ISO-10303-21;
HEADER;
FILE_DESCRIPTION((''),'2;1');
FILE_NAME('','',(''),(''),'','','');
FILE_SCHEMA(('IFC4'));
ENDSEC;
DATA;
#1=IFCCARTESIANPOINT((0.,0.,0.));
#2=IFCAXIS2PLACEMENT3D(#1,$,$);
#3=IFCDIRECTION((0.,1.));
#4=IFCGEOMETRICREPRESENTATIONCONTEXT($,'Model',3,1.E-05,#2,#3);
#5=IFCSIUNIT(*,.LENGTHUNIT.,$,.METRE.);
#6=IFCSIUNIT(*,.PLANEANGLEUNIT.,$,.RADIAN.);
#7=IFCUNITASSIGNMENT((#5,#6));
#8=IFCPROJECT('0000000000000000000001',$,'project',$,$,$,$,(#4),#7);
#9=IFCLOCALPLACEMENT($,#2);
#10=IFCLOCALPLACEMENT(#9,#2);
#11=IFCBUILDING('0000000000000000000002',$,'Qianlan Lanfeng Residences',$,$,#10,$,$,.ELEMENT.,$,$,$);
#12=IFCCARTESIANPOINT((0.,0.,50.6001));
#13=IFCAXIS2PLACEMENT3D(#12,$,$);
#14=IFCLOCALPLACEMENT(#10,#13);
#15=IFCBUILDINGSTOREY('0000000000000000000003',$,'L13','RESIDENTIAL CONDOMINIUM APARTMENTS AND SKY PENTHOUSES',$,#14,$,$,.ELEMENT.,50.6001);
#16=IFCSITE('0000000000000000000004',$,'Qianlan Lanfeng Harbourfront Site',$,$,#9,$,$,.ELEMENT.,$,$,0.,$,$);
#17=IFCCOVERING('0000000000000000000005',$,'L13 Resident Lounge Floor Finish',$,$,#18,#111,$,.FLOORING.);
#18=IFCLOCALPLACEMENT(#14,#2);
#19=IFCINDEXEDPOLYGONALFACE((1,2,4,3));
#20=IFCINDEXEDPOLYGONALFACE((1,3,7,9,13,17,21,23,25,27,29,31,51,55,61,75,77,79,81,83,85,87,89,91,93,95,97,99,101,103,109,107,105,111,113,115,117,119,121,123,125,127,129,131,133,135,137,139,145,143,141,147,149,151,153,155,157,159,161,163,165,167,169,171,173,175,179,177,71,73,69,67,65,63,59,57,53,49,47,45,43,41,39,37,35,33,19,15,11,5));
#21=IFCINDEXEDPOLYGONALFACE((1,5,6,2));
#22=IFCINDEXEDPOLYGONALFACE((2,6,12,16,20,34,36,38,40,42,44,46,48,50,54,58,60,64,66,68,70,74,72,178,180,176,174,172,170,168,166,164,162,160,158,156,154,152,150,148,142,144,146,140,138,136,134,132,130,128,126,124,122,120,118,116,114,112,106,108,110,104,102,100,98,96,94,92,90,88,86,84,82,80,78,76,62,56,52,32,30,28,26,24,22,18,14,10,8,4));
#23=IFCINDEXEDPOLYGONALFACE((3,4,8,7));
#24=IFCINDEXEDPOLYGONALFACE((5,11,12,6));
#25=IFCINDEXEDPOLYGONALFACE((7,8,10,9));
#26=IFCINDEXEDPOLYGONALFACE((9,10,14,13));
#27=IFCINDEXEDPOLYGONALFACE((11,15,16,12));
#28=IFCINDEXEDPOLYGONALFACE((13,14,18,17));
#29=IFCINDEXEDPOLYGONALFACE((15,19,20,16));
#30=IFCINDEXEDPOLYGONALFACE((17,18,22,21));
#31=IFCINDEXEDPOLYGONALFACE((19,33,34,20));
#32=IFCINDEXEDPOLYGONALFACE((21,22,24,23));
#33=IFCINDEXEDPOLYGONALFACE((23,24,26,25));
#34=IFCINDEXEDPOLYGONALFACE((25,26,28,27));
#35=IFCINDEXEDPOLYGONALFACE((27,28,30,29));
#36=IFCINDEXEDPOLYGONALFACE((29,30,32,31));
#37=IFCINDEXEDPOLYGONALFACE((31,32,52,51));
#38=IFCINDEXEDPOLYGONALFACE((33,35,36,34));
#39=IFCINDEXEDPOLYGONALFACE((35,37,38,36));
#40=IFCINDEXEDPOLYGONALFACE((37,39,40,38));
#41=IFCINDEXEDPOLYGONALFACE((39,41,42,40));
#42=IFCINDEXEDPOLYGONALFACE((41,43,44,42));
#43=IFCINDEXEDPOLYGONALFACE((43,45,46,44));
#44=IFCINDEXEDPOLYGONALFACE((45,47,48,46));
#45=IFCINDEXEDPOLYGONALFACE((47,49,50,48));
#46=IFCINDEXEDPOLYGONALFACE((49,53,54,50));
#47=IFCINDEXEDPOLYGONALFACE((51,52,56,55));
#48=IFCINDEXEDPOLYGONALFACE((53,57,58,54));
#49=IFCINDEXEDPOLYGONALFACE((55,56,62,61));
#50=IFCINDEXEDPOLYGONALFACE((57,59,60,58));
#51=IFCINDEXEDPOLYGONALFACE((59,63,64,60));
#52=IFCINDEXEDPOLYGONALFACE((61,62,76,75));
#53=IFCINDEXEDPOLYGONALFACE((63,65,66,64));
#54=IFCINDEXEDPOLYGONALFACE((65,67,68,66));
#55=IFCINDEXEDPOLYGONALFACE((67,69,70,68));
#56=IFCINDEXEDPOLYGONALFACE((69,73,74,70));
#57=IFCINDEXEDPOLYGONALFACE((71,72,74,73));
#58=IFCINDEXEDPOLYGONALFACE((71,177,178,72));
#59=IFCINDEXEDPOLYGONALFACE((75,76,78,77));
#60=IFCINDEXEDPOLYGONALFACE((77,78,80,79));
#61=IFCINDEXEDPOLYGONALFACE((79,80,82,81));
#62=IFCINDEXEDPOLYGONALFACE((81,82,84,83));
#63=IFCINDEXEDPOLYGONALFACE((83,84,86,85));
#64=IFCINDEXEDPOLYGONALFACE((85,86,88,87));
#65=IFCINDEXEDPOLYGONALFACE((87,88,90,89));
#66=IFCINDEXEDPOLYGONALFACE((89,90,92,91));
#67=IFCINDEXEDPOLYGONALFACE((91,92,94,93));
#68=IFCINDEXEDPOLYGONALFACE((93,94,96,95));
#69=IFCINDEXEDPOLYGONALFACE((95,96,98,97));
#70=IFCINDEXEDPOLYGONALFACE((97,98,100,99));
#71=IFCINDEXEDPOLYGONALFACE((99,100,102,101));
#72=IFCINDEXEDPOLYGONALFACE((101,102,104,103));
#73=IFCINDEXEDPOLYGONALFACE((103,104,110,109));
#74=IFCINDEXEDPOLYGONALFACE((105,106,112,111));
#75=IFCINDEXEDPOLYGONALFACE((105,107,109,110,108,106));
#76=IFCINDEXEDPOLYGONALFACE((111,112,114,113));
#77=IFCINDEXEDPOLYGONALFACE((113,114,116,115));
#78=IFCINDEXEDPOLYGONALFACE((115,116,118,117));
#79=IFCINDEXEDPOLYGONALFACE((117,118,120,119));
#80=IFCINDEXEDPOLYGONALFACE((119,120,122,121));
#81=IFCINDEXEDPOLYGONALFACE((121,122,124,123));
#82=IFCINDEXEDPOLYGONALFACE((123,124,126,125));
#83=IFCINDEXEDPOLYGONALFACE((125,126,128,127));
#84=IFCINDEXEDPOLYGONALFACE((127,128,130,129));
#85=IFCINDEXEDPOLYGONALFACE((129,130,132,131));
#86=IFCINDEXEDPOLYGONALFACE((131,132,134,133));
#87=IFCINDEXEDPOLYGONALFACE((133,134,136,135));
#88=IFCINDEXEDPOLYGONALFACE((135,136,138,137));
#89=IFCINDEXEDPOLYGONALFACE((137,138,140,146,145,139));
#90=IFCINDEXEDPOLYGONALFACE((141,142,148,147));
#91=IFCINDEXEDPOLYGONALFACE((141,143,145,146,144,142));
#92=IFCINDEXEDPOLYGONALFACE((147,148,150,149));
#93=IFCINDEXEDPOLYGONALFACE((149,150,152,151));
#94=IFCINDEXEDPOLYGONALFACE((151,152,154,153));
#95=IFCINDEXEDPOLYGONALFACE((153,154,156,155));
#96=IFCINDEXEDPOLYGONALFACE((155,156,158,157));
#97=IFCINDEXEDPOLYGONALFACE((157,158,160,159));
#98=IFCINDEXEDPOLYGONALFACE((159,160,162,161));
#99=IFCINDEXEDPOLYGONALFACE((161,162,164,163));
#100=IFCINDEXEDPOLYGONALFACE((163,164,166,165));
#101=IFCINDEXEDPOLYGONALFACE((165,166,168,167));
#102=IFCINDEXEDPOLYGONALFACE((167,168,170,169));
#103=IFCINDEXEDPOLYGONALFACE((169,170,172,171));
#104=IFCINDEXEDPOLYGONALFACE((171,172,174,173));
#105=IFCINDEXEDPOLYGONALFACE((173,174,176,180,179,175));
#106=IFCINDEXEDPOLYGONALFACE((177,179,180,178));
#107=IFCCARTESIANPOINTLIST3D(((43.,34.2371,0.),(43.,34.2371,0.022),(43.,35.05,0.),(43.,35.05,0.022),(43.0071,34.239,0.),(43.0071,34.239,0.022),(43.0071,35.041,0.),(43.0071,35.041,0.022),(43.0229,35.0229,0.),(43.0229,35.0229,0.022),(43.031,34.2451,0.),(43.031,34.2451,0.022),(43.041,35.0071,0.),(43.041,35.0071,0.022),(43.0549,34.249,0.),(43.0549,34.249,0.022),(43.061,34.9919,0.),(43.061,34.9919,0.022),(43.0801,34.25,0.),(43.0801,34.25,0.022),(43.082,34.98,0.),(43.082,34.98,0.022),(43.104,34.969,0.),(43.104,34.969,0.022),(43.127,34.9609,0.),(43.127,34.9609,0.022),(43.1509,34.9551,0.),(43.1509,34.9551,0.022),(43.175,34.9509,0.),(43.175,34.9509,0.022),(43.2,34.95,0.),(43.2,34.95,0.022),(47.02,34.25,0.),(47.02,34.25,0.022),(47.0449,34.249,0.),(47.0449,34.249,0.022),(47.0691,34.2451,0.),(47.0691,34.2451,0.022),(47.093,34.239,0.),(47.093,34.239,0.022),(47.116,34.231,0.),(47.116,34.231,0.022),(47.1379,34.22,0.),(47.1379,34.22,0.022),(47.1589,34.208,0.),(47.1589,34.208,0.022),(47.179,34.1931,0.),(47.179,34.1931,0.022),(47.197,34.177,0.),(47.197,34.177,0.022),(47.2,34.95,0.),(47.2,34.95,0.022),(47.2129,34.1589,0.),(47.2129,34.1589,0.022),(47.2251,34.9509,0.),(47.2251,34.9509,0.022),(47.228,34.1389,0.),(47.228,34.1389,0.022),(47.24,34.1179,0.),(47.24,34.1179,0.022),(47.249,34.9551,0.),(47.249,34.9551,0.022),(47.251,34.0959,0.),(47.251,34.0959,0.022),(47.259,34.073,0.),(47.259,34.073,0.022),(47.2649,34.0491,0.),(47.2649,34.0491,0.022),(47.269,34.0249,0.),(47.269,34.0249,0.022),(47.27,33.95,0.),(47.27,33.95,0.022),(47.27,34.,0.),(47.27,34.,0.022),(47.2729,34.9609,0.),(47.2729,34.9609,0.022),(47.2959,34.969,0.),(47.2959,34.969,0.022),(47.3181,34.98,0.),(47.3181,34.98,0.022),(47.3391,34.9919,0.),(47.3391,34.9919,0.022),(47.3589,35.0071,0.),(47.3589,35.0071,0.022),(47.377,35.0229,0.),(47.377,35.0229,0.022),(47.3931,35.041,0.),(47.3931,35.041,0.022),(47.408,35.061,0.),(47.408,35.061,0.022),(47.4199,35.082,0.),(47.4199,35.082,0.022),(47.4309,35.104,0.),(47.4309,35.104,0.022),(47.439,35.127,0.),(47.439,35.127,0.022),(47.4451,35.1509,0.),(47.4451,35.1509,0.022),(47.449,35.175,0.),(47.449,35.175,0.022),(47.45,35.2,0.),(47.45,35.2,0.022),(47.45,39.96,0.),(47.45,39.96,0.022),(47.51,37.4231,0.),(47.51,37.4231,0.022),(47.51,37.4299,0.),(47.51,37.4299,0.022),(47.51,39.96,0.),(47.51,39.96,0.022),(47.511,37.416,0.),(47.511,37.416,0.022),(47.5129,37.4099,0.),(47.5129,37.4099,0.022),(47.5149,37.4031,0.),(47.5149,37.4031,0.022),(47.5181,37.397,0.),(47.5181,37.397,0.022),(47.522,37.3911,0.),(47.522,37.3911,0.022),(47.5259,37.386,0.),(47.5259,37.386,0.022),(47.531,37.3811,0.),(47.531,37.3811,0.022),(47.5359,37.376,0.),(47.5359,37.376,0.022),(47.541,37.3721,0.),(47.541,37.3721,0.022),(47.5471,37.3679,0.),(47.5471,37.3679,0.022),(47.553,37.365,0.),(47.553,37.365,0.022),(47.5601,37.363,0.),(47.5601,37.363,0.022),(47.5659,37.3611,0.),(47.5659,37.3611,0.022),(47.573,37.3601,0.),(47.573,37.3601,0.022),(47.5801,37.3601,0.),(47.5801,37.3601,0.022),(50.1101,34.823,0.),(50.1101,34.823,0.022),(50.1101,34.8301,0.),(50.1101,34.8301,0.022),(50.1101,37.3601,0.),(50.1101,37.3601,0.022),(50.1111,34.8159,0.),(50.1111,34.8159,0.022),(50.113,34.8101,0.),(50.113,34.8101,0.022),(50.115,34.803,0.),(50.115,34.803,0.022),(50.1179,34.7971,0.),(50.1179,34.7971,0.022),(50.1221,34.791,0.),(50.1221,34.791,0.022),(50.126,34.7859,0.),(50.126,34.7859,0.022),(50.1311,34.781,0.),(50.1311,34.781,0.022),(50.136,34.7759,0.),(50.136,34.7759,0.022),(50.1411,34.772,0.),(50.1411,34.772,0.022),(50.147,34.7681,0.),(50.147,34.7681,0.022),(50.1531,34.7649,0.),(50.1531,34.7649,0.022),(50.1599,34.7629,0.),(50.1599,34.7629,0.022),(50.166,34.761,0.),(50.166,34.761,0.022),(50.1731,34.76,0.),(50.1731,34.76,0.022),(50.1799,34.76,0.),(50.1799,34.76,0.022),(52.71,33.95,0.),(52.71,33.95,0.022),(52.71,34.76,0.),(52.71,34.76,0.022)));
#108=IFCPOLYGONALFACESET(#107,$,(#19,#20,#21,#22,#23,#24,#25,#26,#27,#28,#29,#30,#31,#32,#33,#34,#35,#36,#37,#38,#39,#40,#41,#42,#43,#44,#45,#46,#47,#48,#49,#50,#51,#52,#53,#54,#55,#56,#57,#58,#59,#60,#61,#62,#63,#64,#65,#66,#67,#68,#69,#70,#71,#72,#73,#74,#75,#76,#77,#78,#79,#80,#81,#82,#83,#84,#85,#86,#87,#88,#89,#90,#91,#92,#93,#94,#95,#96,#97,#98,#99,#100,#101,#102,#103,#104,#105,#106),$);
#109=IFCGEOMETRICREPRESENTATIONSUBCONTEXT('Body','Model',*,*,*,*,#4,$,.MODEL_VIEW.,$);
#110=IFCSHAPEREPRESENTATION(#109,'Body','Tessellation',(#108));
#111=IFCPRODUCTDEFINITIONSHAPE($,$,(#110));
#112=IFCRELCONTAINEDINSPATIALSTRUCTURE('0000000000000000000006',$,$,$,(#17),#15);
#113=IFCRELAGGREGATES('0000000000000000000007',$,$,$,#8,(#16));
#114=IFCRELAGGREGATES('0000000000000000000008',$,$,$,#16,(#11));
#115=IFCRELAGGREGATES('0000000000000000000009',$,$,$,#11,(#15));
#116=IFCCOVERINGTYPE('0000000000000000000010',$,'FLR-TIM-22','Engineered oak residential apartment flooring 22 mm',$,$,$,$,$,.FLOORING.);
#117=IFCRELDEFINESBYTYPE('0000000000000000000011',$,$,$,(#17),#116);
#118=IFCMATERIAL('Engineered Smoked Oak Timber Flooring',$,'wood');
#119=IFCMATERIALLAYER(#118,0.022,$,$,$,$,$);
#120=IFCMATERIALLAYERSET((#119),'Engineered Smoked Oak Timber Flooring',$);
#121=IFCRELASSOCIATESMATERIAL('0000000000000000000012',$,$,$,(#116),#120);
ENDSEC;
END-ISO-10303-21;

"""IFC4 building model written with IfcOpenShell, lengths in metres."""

from ifc_helpers import new_model, si_unit, direction, frame, origin, place, context, subcontext, project, spatial, polyline, outline, extrude, material, layer, layer_set, type_object, element, save


model = new_model("IFC4")

# Units and contexts
model_context = context("Model", 3, precision=1e-05, world=origin(), true_north=direction((0.0, 1.0)))
body_context = subcontext(model_context, "Body", "Model", "MODEL_VIEW")
ifc_project = project(units=[si_unit("LENGTHUNIT", "METRE"), si_unit("PLANEANGLEUNIT", "RADIAN")], contexts=[model_context])

# Site, building, storey
site_placement = place(None, origin())
site = spatial("IfcSite", under=ifc_project, at=site_placement, Name="Qianlan Lanfeng Harbourfront Site", CompositionType="ELEMENT", RefElevation=0.0)
building_placement = place(site_placement, origin())
building = spatial("IfcBuilding", under=site, at=building_placement, Name="Qianlan Lanfeng Residences", CompositionType="ELEMENT")
storey_placement = place(building_placement, frame((0.0, 0.0, 50.6001)))
storey = spatial("IfcBuildingStorey", under=building, at=storey_placement, Name="L13", Description="RESIDENTIAL CONDOMINIUM APARTMENTS AND SKY PENTHOUSES", CompositionType="ELEMENT", Elevation=50.6001)

# Covering
ifc_material_1 = material(Name="Engineered Smoked Oak Timber Flooring", Category="wood")
ifc_layer_1 = layer(ifc_material_1, 0.022)
ifc_layer_set_1 = layer_set([ifc_layer_1], Name="Engineered Smoked Oak Timber Flooring")
covering_type_1 = type_object("IfcCoveringType", Name="FLR-TIM-22", Description="Engineered oak residential apartment flooring 22 mm", PredefinedType="FLOORING", material=ifc_layer_set_1)
covering_1_placement = place(storey_placement, origin())
element("IfcCovering", 1, at=covering_1_placement, inside=storey, type_object=covering_type_1, Name="L13 Resident Lounge Floor Finish", PredefinedType="FLOORING", context=body_context, shape_type="SweptSolid", body=[
    extrude(outline(polyline([(43.0, 34.2371), (43.0071, 34.239), (43.031, 34.2451), (43.0549, 34.249), (43.0801, 34.25), (47.02, 34.25), (47.0449, 34.249), (47.0691, 34.2451), (47.093, 34.239), (47.116, 34.231), (47.1379, 34.22), (47.1589, 34.208), (47.179, 34.1931), (47.197, 34.177), (47.2129, 34.1589), (47.228, 34.1389), (47.24, 34.1179), (47.251, 34.0959), (47.259, 34.073), (47.2649, 34.0491), (47.269, 34.0249), (47.27, 34.0), (47.27, 33.95), (52.71, 33.95), (52.71, 34.76), (50.1799, 34.76), (50.1731, 34.76), (50.166, 34.761), (50.1599, 34.7629), (50.1531, 34.7649), (50.147, 34.7681), (50.1411, 34.772), (50.136, 34.7759), (50.1311, 34.781), (50.126, 34.7859), (50.1221, 34.791), (50.1179, 34.7971), (50.115, 34.803), (50.113, 34.8101), (50.1111, 34.8159), (50.1101, 34.823), (50.1101, 34.8301), (50.1101, 37.3601), (47.5801, 37.3601), (47.573, 37.3601), (47.5659, 37.3611), (47.5601, 37.363), (47.553, 37.365), (47.5471, 37.3679), (47.541, 37.3721), (47.5359, 37.376), (47.531, 37.3811), (47.5259, 37.386), (47.522, 37.3911), (47.5181, 37.397), (47.5149, 37.4031), (47.5129, 37.4099), (47.511, 37.416), (47.51, 37.4231), (47.51, 37.4299), (47.51, 39.96), (47.45, 39.96), (47.45, 35.2), (47.449, 35.175), (47.4451, 35.1509), (47.439, 35.127), (47.4309, 35.104), (47.4199, 35.082), (47.408, 35.061), (47.3931, 35.041), (47.377, 35.0229), (47.3589, 35.0071), (47.3391, 34.9919), (47.3181, 34.98), (47.2959, 34.969), (47.2729, 34.9609), (47.249, 34.9551), (47.2251, 34.9509), (47.2, 34.95), (43.2, 34.95), (43.175, 34.9509), (43.1509, 34.9551), (43.127, 34.9609), (43.104, 34.969), (43.082, 34.98), (43.061, 34.9919), (43.041, 35.0071), (43.0229, 35.0229), (43.0071, 35.041), (43.0, 35.05), (43.0, 34.2371)])), origin(), (0.0, 0.0, 1.0), 0.022),
])

save(model, "model.ifc")
